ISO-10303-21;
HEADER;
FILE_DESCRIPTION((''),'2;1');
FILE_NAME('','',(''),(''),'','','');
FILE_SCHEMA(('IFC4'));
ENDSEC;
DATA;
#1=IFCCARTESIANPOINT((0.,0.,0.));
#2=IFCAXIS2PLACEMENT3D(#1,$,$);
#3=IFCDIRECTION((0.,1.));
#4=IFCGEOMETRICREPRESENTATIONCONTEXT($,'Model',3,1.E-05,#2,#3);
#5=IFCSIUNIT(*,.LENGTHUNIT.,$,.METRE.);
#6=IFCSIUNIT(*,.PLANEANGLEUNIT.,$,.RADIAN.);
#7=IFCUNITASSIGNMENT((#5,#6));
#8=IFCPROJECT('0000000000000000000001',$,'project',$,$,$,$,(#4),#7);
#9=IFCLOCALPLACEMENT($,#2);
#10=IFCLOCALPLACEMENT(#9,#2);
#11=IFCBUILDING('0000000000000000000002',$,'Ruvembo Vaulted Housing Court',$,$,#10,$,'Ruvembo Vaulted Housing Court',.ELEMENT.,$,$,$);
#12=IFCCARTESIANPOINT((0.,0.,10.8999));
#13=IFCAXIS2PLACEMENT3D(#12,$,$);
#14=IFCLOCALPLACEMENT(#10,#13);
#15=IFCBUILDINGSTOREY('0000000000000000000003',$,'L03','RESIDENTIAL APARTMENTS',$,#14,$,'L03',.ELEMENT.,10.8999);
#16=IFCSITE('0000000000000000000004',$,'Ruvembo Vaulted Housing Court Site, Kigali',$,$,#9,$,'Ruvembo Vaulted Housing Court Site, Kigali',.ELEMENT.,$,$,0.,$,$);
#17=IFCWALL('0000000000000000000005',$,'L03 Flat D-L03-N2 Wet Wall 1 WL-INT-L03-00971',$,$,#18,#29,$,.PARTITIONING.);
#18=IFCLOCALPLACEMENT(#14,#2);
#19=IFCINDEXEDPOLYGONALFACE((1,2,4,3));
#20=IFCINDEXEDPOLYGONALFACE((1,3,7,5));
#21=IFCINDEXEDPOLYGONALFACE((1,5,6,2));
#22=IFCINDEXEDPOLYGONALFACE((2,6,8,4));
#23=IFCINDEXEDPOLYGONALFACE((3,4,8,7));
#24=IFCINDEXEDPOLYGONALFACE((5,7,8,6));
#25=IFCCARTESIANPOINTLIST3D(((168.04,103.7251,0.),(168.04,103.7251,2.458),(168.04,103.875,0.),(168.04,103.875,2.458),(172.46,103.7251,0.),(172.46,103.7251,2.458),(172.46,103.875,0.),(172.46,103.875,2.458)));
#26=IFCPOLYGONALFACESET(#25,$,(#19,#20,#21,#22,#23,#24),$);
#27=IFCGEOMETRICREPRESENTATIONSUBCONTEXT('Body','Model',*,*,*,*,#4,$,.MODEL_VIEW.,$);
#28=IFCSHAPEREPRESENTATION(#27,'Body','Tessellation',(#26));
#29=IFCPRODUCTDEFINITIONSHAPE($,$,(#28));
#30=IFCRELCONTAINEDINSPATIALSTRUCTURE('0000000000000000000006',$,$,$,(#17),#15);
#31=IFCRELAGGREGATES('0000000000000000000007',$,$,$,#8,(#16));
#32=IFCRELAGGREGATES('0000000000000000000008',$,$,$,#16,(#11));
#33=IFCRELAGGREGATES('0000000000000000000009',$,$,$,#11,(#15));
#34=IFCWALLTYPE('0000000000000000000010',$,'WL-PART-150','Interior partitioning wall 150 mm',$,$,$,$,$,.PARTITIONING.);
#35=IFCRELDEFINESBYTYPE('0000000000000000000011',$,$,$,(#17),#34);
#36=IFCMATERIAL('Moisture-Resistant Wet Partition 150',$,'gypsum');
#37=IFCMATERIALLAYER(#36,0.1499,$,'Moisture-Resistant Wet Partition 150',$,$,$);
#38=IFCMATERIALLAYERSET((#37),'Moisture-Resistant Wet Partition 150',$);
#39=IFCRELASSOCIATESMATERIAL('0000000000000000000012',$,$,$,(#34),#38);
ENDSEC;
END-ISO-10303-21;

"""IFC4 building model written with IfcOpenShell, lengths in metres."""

from ifc_helpers import new_model, si_unit, direction, frame, frame_2d, origin, place, context, subcontext, project, spatial, rectangle, extrude, material, layer, layer_set, type_object, element, save


model = new_model("IFC4")

# Units and contexts
model_context = context("Model", 3, precision=1e-05, world=origin(), true_north=direction((0.0, 1.0)))
body_context = subcontext(model_context, "Body", "Model", "MODEL_VIEW")
ifc_project = project(units=[si_unit("LENGTHUNIT", "METRE"), si_unit("PLANEANGLEUNIT", "RADIAN")], contexts=[model_context])

# Site, building, storey
site_placement = place(None, origin())
site = spatial("IfcSite", under=ifc_project, at=site_placement, Name="Ruvembo Vaulted Housing Court Site, Kigali", LongName="Ruvembo Vaulted Housing Court Site, Kigali", CompositionType="ELEMENT", RefElevation=0.0)
building_placement = place(site_placement, origin())
building = spatial("IfcBuilding", under=site, at=building_placement, Name="Ruvembo Vaulted Housing Court", LongName="Ruvembo Vaulted Housing Court", CompositionType="ELEMENT")
storey_placement = place(building_placement, frame((0.0, 0.0, 10.8999)))
storey = spatial("IfcBuildingStorey", under=building, at=storey_placement, Name="L03", Description="RESIDENTIAL APARTMENTS", LongName="L03", CompositionType="ELEMENT", Elevation=10.8999)

# Wall
ifc_material_1 = material(Name="Moisture-Resistant Wet Partition 150", Category="gypsum")
ifc_layer_1 = layer(ifc_material_1, 0.1499, Name="Moisture-Resistant Wet Partition 150")
ifc_layer_set_1 = layer_set([ifc_layer_1], Name="Moisture-Resistant Wet Partition 150")
wall_type_1 = type_object("IfcWallType", Name="WL-PART-150", Description="Interior partitioning wall 150 mm", PredefinedType="PARTITIONING", material=ifc_layer_set_1)
wall_1_placement = place(storey_placement, frame((168.04, 103.8, 0.0), z_axis=(0.0, 0.0, 1.0), x_axis=(1.0, 0.0, 0.0)))
element("IfcWall", 1, at=wall_1_placement, inside=storey, type_object=wall_type_1, Name="L03 Flat D-L03-N2 Wet Wall 1 WL-INT-L03-00971", PredefinedType="PARTITIONING", context=body_context, shape_type="SweptSolid", body=[
    extrude(rectangle(XDim=4.4199, YDim=0.1499, at=frame_2d((2.21, 0.0))), origin(), (0.0, 0.0, 1.0), 2.458),
])

save(model, "model.ifc")
